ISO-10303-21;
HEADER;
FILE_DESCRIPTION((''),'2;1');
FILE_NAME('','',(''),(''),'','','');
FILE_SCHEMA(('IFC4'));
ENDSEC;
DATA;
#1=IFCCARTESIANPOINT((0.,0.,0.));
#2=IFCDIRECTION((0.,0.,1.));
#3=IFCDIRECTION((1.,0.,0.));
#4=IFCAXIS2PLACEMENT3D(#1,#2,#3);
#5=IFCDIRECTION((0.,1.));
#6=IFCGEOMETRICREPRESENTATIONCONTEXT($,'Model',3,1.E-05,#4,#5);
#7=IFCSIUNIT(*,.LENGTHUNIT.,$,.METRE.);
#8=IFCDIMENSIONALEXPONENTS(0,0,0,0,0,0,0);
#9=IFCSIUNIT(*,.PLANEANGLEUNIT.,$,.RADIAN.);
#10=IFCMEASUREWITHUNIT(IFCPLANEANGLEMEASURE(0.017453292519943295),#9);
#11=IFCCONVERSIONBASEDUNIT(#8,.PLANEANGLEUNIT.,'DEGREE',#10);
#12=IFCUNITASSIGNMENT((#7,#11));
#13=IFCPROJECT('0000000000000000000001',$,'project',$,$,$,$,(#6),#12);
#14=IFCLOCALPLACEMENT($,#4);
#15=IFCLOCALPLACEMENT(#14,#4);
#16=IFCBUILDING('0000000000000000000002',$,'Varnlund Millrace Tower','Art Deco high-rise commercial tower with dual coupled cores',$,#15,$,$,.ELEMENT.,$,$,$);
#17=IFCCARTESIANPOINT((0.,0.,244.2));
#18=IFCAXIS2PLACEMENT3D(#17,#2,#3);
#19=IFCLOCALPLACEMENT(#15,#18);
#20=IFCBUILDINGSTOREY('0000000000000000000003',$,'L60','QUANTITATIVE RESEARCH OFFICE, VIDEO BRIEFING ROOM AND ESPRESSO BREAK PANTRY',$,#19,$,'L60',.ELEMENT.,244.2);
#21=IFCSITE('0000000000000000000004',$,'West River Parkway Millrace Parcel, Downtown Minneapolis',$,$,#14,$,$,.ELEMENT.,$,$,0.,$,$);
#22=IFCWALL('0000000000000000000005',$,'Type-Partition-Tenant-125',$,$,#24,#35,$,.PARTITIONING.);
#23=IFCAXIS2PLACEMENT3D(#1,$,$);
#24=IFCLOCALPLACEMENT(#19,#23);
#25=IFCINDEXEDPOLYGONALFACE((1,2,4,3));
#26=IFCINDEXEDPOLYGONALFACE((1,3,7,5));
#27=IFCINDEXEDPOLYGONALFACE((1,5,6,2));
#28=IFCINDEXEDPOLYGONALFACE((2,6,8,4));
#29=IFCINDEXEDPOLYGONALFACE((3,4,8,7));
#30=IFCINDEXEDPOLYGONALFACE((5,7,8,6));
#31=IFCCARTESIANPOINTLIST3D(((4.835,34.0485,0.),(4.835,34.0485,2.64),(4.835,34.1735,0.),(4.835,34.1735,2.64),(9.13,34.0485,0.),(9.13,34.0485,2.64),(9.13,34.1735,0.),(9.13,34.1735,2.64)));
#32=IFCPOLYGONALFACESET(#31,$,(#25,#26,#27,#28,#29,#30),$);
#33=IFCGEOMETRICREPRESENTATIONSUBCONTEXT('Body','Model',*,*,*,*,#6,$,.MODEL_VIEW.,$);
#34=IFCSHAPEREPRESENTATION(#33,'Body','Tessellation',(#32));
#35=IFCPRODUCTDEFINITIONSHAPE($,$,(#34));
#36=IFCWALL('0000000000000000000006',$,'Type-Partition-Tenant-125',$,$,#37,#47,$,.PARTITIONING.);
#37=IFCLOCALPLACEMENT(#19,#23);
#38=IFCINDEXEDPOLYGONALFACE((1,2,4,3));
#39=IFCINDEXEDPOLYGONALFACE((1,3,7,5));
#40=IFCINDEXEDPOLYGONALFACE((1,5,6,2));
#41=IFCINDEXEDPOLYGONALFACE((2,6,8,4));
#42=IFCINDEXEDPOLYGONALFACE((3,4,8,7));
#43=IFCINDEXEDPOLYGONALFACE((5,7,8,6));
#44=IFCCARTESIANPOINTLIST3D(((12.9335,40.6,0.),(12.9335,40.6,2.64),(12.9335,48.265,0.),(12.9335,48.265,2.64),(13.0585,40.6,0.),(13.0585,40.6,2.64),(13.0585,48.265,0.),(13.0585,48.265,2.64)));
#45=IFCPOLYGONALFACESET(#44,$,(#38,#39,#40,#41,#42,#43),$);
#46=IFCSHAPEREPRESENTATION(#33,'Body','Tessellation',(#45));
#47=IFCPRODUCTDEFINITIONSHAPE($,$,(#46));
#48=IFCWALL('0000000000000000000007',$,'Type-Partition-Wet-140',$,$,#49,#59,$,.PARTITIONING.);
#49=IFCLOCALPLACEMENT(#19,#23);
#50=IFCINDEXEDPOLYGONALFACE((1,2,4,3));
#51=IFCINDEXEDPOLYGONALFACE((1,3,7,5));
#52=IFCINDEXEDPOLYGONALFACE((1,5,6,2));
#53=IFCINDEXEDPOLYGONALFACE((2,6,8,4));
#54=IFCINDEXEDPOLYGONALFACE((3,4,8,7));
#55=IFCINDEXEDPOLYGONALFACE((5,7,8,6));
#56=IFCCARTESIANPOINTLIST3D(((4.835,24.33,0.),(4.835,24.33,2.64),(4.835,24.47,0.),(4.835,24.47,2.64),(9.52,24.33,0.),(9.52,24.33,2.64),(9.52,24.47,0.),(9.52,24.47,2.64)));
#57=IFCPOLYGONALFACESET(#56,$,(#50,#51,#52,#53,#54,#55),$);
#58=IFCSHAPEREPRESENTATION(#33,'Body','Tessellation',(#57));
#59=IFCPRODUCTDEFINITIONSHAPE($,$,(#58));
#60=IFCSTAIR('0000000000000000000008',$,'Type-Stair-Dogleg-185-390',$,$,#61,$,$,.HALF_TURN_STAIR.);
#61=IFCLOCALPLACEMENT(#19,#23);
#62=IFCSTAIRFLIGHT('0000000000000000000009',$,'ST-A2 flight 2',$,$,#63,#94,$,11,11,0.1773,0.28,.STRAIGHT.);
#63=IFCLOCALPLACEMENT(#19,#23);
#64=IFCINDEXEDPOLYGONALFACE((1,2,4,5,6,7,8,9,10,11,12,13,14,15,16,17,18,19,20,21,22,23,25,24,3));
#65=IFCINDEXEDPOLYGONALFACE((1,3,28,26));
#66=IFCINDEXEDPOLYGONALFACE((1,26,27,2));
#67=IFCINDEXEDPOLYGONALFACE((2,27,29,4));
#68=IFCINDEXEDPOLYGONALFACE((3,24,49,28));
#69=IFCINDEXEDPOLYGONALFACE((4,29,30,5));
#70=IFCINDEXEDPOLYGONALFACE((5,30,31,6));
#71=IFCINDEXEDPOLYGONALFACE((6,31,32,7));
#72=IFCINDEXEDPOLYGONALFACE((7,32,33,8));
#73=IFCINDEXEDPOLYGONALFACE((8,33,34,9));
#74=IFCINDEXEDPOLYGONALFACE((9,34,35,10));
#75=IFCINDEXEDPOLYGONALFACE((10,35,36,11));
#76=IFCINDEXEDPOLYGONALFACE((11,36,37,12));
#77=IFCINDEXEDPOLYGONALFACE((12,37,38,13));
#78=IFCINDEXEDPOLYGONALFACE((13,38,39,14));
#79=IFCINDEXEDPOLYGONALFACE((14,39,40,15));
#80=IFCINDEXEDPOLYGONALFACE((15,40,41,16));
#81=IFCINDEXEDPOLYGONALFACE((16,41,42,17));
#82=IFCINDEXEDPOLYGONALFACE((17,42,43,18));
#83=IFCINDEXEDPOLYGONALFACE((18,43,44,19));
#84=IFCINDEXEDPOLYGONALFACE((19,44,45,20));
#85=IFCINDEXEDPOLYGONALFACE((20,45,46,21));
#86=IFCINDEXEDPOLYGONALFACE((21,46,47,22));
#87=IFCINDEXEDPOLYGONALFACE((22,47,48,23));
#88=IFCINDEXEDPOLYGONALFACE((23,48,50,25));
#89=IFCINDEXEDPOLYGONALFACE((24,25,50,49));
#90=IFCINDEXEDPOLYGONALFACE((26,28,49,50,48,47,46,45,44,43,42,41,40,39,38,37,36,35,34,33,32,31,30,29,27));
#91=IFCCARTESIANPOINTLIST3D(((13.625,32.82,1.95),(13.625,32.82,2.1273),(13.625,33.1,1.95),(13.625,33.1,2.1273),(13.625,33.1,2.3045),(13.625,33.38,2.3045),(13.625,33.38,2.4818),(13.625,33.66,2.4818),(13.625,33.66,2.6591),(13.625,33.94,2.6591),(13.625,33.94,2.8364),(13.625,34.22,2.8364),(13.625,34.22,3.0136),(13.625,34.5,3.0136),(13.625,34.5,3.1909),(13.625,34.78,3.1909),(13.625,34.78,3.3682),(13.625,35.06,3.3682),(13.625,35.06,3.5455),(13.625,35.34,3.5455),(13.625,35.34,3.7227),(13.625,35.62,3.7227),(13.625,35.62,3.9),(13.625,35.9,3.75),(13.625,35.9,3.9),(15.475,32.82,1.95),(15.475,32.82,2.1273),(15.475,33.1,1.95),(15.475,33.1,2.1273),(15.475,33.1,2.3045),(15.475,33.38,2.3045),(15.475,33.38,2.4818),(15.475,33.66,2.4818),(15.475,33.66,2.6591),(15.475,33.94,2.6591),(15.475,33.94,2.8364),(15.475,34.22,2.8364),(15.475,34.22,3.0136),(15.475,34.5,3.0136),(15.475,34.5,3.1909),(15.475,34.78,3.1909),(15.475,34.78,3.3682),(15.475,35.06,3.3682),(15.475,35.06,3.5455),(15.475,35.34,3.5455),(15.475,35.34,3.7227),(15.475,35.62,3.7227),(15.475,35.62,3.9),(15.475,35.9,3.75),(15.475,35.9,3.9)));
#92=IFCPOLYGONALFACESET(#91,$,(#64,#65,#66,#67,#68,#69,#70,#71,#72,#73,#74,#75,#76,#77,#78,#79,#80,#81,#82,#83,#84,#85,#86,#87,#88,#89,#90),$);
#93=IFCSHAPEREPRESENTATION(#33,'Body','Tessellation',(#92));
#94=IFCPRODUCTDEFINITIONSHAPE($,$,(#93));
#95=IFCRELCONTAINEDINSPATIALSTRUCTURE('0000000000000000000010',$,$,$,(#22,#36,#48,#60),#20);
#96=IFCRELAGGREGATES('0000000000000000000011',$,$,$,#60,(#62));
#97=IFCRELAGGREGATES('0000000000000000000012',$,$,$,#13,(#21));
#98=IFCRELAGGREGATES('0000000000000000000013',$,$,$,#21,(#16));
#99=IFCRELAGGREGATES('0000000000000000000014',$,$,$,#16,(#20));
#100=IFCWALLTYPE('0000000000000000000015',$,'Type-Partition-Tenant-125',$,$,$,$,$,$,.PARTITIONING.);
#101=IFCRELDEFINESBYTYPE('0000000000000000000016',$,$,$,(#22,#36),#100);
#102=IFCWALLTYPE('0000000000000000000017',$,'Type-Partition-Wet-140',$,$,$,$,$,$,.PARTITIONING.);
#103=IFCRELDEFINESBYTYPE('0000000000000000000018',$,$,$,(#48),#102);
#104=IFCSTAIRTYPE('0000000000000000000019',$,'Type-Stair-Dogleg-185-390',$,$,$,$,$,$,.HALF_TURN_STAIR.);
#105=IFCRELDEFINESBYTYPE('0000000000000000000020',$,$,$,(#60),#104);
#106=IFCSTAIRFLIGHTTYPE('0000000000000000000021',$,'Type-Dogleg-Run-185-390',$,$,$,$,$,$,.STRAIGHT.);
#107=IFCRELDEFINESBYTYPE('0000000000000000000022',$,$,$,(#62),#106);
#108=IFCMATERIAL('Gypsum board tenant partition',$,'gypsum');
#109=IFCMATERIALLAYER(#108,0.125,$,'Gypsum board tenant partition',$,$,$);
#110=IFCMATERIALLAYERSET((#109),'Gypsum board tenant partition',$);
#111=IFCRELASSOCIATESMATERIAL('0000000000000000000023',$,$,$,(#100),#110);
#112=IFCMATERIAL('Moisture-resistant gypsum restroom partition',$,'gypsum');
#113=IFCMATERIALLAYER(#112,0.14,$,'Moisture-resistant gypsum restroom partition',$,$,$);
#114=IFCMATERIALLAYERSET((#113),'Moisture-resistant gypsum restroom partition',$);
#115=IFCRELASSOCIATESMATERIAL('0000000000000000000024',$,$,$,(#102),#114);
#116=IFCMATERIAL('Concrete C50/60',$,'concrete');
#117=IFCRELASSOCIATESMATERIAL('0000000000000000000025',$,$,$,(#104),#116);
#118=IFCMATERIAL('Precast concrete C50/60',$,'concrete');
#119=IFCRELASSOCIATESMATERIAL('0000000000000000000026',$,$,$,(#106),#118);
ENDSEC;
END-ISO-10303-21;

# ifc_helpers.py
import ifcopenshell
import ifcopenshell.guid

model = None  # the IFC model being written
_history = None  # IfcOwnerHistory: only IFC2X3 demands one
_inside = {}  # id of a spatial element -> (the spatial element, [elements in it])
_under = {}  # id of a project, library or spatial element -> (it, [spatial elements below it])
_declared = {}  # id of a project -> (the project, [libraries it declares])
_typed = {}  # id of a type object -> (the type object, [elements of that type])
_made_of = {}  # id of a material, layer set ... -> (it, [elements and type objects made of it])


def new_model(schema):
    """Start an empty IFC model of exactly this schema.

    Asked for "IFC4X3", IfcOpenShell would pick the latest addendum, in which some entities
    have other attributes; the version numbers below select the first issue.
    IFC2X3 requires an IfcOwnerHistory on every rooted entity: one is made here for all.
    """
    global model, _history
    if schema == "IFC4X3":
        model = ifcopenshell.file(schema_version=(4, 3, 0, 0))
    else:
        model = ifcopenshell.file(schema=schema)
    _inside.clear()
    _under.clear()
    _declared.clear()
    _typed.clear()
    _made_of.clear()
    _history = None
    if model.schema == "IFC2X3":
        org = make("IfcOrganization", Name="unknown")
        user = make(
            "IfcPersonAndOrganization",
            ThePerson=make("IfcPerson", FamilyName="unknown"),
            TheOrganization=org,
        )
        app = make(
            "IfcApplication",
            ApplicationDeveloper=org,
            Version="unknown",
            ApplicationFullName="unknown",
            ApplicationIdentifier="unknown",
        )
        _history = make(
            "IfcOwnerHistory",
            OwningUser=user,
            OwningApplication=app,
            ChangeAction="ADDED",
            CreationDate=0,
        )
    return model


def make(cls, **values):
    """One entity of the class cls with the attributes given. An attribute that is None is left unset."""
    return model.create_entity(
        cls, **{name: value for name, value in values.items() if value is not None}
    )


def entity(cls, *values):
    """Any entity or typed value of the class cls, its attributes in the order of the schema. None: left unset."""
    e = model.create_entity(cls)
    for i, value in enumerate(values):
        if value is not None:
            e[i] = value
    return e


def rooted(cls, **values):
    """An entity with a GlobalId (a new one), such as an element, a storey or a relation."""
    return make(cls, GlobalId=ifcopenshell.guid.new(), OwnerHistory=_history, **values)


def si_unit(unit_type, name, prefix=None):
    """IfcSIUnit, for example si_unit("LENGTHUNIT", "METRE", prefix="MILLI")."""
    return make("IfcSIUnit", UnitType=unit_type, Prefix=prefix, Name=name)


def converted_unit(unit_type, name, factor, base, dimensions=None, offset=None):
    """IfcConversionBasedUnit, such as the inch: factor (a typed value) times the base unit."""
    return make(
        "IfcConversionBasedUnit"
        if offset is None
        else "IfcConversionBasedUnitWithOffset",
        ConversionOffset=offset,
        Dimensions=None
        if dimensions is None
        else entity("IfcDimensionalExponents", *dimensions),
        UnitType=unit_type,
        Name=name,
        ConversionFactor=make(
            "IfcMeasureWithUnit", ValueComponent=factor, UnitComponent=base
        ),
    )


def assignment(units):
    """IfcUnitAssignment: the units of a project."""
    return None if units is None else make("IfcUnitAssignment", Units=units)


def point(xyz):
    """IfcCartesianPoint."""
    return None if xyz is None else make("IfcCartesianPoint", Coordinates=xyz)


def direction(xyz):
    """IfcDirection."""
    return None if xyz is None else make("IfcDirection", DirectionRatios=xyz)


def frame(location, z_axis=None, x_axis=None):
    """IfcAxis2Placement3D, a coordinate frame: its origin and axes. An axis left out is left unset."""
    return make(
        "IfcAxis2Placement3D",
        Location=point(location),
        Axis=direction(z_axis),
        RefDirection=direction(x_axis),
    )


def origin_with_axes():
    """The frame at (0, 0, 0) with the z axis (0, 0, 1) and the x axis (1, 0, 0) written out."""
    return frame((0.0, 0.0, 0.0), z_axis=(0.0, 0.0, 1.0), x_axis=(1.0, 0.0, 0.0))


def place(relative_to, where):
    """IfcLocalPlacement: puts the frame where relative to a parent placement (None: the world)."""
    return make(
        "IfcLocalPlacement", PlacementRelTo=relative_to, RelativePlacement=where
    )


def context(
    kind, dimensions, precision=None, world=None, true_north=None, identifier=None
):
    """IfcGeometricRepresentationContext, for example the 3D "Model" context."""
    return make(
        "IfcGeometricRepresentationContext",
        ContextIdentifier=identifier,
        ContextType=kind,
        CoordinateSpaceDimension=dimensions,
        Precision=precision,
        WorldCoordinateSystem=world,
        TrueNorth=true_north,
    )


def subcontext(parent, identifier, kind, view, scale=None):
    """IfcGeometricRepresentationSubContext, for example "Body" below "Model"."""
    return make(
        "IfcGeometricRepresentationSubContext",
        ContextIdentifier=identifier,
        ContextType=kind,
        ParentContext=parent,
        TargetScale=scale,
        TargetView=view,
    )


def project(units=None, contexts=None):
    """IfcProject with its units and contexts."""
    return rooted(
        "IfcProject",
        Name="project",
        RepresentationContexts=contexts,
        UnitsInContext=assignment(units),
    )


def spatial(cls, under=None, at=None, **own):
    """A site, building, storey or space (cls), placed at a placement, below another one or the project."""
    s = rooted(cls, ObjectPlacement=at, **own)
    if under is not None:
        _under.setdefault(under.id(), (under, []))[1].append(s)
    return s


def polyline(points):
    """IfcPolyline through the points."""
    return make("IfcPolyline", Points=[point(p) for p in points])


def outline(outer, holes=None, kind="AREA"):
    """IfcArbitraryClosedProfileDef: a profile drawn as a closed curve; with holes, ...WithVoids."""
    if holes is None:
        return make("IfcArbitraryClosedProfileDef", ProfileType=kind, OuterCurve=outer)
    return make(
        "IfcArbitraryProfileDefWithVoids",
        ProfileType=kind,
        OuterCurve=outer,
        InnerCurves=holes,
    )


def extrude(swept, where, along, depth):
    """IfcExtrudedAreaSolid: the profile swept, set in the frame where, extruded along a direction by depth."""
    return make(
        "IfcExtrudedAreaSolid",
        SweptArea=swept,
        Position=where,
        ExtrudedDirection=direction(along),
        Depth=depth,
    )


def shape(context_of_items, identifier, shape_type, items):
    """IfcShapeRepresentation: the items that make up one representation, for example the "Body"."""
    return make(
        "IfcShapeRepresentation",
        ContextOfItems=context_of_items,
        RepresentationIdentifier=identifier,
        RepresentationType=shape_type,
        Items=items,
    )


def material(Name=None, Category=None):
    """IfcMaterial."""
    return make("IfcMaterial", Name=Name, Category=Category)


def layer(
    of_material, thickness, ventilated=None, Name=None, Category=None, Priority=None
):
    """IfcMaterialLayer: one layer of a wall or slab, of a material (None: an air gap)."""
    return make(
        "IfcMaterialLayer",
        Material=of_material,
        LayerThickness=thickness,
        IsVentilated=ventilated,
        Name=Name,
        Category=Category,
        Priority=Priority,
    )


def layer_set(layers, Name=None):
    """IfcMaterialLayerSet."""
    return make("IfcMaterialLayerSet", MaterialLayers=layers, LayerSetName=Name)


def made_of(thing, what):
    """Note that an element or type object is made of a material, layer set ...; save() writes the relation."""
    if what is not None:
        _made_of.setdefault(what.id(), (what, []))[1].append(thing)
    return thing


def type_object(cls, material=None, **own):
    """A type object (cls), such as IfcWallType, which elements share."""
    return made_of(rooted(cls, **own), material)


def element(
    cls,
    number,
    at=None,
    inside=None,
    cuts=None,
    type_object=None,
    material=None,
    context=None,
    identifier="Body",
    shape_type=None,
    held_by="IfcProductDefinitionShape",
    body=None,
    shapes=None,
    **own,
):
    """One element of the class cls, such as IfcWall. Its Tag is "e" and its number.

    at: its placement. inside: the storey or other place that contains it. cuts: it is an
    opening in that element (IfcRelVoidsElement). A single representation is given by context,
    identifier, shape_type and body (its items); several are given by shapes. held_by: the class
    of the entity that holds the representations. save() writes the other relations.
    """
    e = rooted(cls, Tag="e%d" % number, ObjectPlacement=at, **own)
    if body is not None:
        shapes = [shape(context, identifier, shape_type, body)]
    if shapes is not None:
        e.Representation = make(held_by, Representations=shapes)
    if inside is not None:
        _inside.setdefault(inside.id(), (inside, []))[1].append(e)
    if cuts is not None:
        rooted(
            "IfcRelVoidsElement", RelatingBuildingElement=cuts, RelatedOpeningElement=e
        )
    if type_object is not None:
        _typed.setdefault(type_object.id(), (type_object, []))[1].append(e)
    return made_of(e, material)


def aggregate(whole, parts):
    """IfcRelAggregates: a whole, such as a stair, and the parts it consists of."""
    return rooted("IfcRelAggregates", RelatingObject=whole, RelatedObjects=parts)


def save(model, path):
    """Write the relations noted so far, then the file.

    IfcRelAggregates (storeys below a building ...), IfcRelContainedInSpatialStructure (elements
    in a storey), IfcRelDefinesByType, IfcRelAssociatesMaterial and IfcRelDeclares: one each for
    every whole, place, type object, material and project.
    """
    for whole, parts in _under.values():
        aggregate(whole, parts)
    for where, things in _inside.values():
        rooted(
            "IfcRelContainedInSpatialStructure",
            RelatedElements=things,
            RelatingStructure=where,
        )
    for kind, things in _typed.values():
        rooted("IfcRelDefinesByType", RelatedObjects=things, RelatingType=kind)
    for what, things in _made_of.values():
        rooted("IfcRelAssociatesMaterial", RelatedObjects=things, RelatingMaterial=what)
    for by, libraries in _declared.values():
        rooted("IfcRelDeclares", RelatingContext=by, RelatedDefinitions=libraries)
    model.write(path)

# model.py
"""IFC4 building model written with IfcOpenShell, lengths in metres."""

from ifc_helpers import new_model, entity, si_unit, converted_unit, direction, frame, origin_with_axes, place, context, subcontext, project, spatial, polyline, outline, extrude, material, layer, layer_set, type_object, element, aggregate, save


model = new_model("IFC4")

# Units and contexts
model_context = context("Model", 3, precision=1e-05, world=origin_with_axes(), true_north=direction((0.0, 1.0)))
body_context = subcontext(model_context, "Body", "Model", "MODEL_VIEW")
ifc_project = project(units=[si_unit("LENGTHUNIT", "METRE"), converted_unit("PLANEANGLEUNIT", "DEGREE", entity("IfcPlaneAngleMeasure", 0.017453292519943295), si_unit("PLANEANGLEUNIT", "RADIAN"), dimensions=[0, 0, 0, 0, 0, 0, 0])], contexts=[model_context])

# Site, building, storey
site_placement = place(None, origin_with_axes())
site = spatial("IfcSite", under=ifc_project, at=site_placement, Name="West River Parkway Millrace Parcel, Downtown Minneapolis", CompositionType="ELEMENT", RefElevation=0.0)
building_placement = place(site_placement, origin_with_axes())
building = spatial("IfcBuilding", under=site, at=building_placement, Name="Varnlund Millrace Tower", Description="Art Deco high-rise commercial tower with dual coupled cores", CompositionType="ELEMENT")
storey_placement = place(building_placement, frame((0.0, 0.0, 244.2), z_axis=(0.0, 0.0, 1.0), x_axis=(1.0, 0.0, 0.0)))
storey = spatial("IfcBuildingStorey", under=building, at=storey_placement, Name="L60", Description="QUANTITATIVE RESEARCH OFFICE, VIDEO BRIEFING ROOM AND ESPRESSO BREAK PANTRY", LongName="L60", CompositionType="ELEMENT", Elevation=244.2)

# Shared definitions
ifc_material_1 = material(Name="Precast concrete C50/60", Category="concrete")

# Walls
ifc_material_2 = material(Name="Gypsum board tenant partition", Category="gypsum")
ifc_layer_1 = layer(ifc_material_2, 0.125, Name="Gypsum board tenant partition")
ifc_layer_set_1 = layer_set([ifc_layer_1], Name="Gypsum board tenant partition")
wall_type_1 = type_object("IfcWallType", Name="Type-Partition-Tenant-125", PredefinedType="PARTITIONING", material=ifc_layer_set_1)
wall_1_placement = place(storey_placement, frame((4.835, 34.111, 0.0), z_axis=(0.0, 0.0, 1.0), x_axis=(1.0, 0.0, 0.0)))
element("IfcWall", 1, at=wall_1_placement, inside=storey, type_object=wall_type_1, Name="Type-Partition-Tenant-125", PredefinedType="PARTITIONING", context=body_context, shape_type="SweptSolid", body=[
    extrude(outline(polyline([(0.0, -0.0625), (4.295, -0.0625), (4.295, 0.0625), (0.0, 0.0625), (0.0, -0.0625)])), origin_with_axes(), (0.0, 0.0, 1.0), 2.64),
])
wall_2_placement = place(storey_placement, frame((12.996, 40.6, 0.0), z_axis=(0.0, 0.0, 1.0), x_axis=(0.0, 1.0, 0.0)))
element("IfcWall", 2, at=wall_2_placement, inside=storey, type_object=wall_type_1, Name="Type-Partition-Tenant-125", PredefinedType="PARTITIONING", context=body_context, shape_type="SweptSolid", body=[
    extrude(outline(polyline([(0.0, -0.0625), (7.665, -0.0625), (7.665, 0.0625), (0.0, 0.0625), (0.0, -0.0625)])), origin_with_axes(), (0.0, 0.0, 1.0), 2.64),
])
ifc_material_3 = material(Name="Moisture-resistant gypsum restroom partition", Category="gypsum")
ifc_layer_2 = layer(ifc_material_3, 0.14, Name="Moisture-resistant gypsum restroom partition")
ifc_layer_set_2 = layer_set([ifc_layer_2], Name="Moisture-resistant gypsum restroom partition")
wall_type_2 = type_object("IfcWallType", Name="Type-Partition-Wet-140", PredefinedType="PARTITIONING", material=ifc_layer_set_2)
wall_3_placement = place(storey_placement, frame((4.835, 24.4, 0.0), z_axis=(0.0, 0.0, 1.0), x_axis=(1.0, 0.0, 0.0)))
element("IfcWall", 3, at=wall_3_placement, inside=storey, type_object=wall_type_2, Name="Type-Partition-Wet-140", PredefinedType="PARTITIONING", context=body_context, shape_type="SweptSolid", body=[
    extrude(outline(polyline([(0.0, -0.07), (4.685, -0.07), (4.685, 0.07), (0.0, 0.07), (0.0, -0.07)])), origin_with_axes(), (0.0, 0.0, 1.0), 2.64),
])

# Stair, stair flight
ifc_material_4 = material(Name="Concrete C50/60", Category="concrete")
stair_type = type_object("IfcStairType", Name="Type-Stair-Dogleg-185-390", PredefinedType="HALF_TURN_STAIR", material=ifc_material_4)
stair_placement = place(storey_placement, origin_with_axes())
stair = element("IfcStair", 4, at=stair_placement, inside=storey, type_object=stair_type, Name="Type-Stair-Dogleg-185-390", PredefinedType="HALF_TURN_STAIR")
stair_flight_type = type_object("IfcStairFlightType", Name="Type-Dogleg-Run-185-390", PredefinedType="STRAIGHT", material=ifc_material_1)
stair_flight_placement = place(storey_placement, frame((13.625, 32.82, 1.95), z_axis=(1.0, 0.0, 0.0), x_axis=(0.0, 1.0, 0.0)))
stair_flight = element("IfcStairFlight", 5, at=stair_flight_placement, type_object=stair_flight_type, Name="ST-A2 flight 2", NumberOfRisers=11, NumberOfTreads=11, PredefinedType="STRAIGHT", RiserHeight=0.1773, TreadLength=0.28, context=body_context, shape_type="SweptSolid", body=[
    extrude(outline(polyline([(0.0, 0.0), (0.0, 0.1773), (0.28, 0.1773), (0.28, 0.3545), (0.56, 0.3545), (0.56, 0.5318), (0.84, 0.5318), (0.84, 0.7091), (1.12, 0.7091), (1.12, 0.8864), (1.4, 0.8864), (1.4, 1.0636), (1.68, 1.0636), (1.68, 1.2409), (1.96, 1.2409), (1.96, 1.4182), (2.24, 1.4182), (2.24, 1.5955), (2.52, 1.5955), (2.52, 1.7727), (2.8, 1.7727), (2.8, 1.95), (3.08, 1.95), (3.08, 1.8), (0.28, 0.0), (0.0, 0.0)])), origin_with_axes(), (0.0, 0.0, 1.0), 1.85),
])
aggregate(stair, [stair_flight])

save(model, "model.ifc")
